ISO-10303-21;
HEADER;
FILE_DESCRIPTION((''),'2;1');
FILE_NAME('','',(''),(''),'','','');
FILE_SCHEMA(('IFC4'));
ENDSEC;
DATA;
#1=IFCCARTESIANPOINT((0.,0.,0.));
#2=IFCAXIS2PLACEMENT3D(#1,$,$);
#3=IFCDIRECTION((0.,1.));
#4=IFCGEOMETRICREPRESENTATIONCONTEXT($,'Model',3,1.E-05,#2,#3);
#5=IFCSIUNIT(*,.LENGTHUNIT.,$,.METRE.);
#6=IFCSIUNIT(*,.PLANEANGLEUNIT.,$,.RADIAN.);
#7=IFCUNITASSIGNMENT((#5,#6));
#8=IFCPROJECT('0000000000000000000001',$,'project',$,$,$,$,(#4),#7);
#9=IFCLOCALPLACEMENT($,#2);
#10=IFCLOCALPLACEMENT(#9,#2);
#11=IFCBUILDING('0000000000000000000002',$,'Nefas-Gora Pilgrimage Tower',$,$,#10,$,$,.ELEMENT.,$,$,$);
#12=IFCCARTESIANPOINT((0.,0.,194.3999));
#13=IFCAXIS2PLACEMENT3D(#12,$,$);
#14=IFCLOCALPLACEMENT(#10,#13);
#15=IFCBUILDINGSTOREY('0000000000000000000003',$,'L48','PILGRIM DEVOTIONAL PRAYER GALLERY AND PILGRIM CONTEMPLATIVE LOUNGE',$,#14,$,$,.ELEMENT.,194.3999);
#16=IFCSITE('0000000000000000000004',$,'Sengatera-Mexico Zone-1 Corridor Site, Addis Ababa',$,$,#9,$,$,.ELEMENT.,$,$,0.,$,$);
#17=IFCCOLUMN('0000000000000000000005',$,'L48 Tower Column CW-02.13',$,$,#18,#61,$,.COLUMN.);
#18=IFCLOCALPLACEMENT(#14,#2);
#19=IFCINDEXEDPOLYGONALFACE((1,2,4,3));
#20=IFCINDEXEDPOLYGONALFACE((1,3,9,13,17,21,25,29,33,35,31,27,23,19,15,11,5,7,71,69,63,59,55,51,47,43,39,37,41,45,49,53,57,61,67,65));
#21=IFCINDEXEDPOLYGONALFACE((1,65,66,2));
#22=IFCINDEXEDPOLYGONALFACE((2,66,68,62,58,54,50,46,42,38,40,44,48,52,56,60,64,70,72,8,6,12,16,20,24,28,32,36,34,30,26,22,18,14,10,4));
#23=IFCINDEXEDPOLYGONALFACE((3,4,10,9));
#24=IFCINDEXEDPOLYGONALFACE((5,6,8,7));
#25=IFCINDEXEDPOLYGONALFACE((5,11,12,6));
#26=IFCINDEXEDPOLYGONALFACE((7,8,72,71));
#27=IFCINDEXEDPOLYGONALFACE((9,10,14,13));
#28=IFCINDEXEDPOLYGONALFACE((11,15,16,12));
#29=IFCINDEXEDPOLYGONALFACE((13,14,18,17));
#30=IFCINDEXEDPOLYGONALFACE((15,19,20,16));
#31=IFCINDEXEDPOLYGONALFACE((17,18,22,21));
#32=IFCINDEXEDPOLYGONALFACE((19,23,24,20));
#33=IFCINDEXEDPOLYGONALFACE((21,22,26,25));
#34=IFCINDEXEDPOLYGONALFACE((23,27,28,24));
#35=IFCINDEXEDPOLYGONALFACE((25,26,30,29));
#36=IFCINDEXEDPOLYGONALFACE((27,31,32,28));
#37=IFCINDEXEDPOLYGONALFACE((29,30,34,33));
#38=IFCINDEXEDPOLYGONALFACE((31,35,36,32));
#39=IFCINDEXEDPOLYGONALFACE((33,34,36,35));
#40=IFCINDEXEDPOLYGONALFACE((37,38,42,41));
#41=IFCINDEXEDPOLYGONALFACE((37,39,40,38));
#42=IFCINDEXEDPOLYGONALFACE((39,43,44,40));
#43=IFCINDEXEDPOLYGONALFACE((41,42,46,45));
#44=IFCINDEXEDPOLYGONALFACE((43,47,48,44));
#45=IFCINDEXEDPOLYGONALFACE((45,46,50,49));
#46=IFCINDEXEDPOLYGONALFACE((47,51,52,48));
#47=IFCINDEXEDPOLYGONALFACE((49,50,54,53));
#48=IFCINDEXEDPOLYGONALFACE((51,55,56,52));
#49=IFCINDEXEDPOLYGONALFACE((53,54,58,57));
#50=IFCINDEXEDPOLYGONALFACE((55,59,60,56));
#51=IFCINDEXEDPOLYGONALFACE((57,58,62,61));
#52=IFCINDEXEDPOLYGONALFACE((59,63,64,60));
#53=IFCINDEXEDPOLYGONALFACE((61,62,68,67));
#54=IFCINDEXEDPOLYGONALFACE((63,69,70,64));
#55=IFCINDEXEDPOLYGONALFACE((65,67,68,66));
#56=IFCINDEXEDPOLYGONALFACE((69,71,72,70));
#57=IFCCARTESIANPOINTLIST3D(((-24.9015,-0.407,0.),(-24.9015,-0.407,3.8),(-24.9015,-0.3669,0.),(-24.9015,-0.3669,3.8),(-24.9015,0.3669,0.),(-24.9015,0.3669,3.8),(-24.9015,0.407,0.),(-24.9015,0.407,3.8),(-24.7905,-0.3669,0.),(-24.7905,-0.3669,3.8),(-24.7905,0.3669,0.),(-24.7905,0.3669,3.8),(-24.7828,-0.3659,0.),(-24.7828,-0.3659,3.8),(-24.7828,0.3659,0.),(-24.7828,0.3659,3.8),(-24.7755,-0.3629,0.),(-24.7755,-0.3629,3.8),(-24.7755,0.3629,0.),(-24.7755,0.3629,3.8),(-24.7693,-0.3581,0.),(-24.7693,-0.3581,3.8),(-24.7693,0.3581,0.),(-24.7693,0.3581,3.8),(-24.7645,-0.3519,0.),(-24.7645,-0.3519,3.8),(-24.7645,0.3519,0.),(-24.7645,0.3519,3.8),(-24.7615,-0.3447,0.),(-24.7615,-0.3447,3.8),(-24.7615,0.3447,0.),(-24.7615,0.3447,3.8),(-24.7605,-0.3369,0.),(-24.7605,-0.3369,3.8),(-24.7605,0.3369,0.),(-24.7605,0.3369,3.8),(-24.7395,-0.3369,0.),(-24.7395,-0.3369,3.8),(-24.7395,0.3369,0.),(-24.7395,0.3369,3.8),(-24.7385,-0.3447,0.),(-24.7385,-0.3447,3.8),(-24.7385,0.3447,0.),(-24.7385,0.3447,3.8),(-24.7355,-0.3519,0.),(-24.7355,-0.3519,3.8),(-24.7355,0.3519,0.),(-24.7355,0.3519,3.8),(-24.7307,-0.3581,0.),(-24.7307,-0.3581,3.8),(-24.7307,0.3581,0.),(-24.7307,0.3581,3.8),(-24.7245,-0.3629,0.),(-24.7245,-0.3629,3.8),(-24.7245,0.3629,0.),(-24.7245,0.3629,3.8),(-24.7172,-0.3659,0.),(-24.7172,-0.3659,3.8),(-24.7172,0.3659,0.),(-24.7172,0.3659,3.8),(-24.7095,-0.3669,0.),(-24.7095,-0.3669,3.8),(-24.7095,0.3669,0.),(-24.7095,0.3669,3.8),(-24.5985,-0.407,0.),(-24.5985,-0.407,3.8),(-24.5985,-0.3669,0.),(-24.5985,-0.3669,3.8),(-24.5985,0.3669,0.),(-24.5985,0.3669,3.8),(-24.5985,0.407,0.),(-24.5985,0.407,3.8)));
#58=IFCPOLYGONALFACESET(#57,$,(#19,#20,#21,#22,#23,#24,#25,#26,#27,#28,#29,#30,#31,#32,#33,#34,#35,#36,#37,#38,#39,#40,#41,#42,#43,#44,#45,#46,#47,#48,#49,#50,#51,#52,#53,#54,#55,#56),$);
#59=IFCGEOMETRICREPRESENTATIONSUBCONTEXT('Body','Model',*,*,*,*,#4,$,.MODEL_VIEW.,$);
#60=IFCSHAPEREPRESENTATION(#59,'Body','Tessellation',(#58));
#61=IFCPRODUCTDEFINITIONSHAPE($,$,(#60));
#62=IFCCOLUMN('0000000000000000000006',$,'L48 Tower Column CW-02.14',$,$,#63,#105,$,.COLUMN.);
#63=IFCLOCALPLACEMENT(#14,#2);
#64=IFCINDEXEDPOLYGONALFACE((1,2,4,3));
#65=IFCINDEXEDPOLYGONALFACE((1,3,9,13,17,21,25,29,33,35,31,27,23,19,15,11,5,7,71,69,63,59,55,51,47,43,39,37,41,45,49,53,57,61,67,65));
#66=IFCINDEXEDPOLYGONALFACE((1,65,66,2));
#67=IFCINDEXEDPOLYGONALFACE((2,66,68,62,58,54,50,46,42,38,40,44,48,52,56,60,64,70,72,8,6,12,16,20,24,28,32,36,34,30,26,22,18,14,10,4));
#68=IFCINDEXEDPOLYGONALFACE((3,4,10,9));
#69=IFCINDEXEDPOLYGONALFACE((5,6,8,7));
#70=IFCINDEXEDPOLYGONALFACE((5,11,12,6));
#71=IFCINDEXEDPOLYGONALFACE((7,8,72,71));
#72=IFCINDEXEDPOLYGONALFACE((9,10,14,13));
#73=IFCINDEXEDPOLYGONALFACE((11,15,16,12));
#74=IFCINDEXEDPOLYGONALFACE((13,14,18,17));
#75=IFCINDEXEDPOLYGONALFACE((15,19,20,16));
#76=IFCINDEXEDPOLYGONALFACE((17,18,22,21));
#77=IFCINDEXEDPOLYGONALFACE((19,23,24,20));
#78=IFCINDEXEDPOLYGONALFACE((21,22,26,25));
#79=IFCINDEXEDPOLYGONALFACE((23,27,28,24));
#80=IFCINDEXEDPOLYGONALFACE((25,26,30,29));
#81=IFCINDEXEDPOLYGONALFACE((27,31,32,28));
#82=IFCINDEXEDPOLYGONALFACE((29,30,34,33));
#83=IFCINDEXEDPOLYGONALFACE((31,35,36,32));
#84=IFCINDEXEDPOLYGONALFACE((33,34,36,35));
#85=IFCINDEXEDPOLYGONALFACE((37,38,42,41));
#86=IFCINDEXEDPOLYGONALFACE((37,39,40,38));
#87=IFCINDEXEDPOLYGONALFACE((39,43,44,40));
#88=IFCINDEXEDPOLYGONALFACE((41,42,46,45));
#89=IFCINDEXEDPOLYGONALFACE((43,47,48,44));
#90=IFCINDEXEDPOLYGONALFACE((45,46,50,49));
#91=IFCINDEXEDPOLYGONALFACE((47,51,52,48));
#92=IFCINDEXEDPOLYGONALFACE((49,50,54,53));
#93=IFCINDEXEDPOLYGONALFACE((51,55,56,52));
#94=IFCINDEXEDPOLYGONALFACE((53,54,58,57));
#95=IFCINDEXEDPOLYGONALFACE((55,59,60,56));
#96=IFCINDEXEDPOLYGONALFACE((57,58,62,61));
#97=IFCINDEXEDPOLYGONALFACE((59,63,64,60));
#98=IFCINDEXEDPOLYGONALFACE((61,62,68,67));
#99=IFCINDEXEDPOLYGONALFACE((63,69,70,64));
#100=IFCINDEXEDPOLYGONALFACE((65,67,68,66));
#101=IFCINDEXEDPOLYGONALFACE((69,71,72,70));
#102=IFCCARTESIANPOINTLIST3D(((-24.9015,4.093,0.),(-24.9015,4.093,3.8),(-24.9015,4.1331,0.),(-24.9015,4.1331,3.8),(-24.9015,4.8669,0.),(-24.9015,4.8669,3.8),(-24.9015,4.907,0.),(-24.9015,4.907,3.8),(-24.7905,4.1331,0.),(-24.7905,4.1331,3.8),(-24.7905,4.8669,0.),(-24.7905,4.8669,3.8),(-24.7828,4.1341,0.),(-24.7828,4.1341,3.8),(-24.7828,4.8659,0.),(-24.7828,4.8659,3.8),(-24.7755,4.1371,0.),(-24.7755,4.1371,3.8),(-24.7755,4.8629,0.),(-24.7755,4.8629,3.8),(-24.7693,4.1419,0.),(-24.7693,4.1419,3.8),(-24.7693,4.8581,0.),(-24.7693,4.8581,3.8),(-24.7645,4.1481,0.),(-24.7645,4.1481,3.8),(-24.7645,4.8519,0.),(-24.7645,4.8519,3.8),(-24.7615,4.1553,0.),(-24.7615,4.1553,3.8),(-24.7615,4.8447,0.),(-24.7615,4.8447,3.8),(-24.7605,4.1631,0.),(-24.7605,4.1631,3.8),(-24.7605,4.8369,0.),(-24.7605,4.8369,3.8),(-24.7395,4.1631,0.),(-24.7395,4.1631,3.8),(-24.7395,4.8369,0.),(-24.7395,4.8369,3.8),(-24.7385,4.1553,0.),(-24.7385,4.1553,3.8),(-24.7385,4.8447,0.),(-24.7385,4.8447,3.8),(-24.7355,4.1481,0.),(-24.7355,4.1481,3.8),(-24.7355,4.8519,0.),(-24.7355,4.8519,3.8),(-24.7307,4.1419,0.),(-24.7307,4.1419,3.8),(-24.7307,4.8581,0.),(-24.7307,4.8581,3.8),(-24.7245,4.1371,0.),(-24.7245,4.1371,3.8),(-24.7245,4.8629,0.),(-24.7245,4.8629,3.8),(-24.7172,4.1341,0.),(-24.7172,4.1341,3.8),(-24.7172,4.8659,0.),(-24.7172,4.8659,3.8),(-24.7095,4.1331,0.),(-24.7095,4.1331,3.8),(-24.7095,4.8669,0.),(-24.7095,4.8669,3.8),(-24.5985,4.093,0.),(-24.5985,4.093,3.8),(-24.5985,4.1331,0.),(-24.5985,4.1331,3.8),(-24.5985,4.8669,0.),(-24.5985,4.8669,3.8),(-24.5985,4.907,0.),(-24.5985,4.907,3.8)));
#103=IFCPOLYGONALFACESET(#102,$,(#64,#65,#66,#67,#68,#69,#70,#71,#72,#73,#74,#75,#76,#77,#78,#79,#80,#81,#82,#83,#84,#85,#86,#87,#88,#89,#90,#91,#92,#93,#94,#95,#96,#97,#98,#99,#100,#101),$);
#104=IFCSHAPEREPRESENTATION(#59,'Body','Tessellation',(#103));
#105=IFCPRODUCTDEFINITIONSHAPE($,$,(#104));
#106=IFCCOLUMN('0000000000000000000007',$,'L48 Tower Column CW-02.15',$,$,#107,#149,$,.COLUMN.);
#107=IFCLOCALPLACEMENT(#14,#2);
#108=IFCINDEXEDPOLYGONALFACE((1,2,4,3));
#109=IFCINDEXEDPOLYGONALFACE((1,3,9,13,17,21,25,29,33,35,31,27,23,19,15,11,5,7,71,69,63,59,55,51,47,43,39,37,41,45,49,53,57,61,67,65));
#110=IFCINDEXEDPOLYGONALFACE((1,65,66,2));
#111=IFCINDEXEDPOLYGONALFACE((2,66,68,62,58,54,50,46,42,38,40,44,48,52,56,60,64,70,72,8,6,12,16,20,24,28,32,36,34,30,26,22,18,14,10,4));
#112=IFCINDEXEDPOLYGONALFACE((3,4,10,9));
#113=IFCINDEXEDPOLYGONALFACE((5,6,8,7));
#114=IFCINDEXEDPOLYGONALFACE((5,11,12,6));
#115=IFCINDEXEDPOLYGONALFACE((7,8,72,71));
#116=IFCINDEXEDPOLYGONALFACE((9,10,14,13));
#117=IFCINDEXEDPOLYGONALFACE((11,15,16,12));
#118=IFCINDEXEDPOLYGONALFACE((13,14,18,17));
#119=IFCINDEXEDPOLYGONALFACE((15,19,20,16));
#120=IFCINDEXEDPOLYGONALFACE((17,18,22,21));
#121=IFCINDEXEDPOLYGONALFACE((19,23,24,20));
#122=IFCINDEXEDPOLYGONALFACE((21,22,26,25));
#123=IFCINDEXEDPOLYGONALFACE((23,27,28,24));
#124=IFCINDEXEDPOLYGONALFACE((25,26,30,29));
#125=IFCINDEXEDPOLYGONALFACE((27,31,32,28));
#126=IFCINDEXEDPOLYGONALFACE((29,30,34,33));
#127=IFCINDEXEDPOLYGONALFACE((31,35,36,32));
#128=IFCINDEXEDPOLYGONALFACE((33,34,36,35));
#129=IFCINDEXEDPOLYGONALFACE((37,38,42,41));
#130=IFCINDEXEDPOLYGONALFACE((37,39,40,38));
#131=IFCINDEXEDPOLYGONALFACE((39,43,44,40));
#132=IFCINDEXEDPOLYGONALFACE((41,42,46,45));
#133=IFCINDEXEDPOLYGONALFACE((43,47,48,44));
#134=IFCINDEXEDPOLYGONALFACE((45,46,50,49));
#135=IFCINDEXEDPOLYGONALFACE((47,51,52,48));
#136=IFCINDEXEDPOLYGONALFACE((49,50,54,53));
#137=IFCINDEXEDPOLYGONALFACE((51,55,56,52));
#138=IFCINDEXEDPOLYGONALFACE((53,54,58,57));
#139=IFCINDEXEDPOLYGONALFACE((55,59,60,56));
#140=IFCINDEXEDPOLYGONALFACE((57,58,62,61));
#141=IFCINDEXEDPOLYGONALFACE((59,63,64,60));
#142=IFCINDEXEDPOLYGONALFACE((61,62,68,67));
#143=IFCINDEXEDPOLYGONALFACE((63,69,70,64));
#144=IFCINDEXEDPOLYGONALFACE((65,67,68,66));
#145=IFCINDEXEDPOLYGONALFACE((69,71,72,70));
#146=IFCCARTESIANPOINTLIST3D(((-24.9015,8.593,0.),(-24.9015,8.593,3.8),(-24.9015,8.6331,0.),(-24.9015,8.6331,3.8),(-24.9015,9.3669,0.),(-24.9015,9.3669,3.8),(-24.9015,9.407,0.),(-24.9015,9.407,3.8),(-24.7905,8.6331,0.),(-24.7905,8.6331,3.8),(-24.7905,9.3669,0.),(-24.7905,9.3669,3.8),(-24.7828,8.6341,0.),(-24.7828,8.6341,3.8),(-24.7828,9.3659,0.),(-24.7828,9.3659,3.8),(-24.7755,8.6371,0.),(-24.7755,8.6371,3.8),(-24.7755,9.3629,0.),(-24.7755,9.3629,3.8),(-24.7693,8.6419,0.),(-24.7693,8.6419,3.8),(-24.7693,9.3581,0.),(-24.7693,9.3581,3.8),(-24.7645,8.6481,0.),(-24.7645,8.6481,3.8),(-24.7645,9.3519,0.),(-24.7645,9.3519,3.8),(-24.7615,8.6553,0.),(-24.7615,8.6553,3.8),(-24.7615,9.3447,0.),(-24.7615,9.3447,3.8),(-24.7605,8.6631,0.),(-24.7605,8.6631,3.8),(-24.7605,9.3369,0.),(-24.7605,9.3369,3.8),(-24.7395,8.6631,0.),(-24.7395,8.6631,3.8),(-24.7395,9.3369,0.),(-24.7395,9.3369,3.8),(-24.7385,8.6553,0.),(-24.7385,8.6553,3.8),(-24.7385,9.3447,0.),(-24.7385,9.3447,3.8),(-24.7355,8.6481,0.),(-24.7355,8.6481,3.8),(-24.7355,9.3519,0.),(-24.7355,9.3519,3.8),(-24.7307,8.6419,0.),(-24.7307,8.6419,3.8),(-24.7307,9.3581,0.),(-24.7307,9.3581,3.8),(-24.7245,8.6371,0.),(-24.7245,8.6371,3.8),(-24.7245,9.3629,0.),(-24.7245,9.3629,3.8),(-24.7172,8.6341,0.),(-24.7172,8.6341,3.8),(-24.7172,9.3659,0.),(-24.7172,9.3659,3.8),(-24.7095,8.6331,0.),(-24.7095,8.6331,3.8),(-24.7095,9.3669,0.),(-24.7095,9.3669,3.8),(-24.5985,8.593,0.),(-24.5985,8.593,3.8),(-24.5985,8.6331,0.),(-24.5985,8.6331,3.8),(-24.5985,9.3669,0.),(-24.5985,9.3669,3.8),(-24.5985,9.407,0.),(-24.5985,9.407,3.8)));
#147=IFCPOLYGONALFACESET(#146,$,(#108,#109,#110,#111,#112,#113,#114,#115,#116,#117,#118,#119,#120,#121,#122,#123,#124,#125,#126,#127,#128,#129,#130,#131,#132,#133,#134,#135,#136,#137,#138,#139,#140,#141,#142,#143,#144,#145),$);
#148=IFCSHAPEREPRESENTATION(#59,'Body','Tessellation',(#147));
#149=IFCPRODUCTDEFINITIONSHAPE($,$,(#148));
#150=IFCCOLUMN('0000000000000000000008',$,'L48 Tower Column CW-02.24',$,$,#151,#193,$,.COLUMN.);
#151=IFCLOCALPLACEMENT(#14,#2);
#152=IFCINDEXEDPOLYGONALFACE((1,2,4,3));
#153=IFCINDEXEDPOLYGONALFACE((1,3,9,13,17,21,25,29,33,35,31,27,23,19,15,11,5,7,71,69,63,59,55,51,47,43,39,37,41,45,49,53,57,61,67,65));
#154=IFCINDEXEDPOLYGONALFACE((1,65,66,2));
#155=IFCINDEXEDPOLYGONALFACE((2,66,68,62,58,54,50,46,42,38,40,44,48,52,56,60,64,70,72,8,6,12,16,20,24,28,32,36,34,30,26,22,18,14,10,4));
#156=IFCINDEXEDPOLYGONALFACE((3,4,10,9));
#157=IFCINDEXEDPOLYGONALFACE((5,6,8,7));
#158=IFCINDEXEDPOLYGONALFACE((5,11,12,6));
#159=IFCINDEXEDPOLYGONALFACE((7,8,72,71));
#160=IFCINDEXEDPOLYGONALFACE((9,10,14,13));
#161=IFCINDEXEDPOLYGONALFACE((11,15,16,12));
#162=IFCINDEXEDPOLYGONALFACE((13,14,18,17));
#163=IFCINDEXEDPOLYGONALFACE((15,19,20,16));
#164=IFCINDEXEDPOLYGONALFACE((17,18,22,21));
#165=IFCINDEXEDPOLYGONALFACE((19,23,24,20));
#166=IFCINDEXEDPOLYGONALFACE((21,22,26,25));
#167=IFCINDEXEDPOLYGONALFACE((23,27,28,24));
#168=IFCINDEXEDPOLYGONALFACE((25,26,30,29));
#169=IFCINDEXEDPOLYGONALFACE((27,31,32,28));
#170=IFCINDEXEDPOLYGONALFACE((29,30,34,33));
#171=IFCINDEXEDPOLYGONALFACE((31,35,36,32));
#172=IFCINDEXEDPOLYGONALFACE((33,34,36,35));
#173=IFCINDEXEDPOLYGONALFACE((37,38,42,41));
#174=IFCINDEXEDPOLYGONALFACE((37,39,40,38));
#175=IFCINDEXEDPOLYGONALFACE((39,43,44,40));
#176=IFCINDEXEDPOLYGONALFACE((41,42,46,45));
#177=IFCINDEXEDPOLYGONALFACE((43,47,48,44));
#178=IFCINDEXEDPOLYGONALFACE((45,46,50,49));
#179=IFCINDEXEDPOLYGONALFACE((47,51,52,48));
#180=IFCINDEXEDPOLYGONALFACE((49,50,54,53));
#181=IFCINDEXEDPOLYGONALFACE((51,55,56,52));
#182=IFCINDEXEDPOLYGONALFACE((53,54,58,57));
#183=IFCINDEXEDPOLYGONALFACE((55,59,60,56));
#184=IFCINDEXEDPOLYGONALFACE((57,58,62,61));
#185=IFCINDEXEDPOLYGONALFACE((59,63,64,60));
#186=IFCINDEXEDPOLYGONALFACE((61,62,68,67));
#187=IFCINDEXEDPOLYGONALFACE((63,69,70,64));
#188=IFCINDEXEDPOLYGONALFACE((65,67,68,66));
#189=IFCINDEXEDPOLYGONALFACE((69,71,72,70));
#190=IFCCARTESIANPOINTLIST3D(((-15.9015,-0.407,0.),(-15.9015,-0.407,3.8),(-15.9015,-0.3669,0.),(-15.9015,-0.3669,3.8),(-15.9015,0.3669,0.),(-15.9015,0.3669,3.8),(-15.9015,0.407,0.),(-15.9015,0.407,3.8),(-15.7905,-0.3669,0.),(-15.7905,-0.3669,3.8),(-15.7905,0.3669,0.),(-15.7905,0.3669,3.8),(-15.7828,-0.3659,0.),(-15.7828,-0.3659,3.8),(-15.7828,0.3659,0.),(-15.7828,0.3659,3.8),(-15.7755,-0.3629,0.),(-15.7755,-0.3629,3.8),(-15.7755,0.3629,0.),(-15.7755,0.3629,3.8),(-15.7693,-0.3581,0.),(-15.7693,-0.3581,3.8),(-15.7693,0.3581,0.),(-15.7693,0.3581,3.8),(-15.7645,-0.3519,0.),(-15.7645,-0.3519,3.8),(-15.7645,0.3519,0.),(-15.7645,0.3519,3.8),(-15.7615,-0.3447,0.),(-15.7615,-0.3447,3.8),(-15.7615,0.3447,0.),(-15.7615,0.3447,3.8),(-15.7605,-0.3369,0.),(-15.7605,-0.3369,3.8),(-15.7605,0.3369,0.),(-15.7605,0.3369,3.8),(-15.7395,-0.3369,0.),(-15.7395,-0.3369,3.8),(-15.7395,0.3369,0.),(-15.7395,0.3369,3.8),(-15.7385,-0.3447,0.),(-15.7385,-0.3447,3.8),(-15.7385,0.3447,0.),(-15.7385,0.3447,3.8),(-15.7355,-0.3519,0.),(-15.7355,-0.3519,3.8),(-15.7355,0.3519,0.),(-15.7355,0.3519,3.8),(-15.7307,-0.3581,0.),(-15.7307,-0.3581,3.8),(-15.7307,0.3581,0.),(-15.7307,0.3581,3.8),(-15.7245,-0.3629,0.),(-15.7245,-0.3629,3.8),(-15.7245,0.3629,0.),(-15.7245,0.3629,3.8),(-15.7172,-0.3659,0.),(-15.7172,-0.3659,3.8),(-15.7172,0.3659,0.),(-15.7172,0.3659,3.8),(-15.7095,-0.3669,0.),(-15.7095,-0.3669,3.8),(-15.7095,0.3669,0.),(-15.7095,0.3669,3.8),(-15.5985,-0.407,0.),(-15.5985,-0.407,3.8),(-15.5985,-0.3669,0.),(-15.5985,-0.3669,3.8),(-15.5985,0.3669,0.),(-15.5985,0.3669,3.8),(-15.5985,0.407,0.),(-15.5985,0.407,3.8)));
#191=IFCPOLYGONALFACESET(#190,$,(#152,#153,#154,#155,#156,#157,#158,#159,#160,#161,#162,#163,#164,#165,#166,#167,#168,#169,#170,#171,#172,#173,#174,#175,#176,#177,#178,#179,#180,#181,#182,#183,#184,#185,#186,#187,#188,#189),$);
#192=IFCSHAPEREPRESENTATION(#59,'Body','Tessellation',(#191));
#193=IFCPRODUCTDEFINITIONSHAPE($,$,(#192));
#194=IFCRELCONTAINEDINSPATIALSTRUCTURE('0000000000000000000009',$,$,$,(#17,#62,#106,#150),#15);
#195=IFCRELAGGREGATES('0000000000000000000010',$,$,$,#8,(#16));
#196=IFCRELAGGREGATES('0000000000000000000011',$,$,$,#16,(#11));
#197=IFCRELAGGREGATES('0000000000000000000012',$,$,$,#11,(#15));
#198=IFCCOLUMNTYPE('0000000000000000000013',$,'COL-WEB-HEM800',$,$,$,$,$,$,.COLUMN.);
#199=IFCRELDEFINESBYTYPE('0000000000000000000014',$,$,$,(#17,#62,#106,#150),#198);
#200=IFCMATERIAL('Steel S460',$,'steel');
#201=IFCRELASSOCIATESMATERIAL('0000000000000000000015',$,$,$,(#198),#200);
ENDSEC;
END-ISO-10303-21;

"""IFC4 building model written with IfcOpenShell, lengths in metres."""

from ifc_helpers import new_model, si_unit, direction, frame, origin, origin_2d, place, context, subcontext, project, spatial, i_section, extrude, source, transform, mapped, material, material_profile, profile_set, type_object, element, save


model = new_model("IFC4")

# Units and contexts
model_context = context("Model", 3, precision=1e-05, world=origin(), true_north=direction((0.0, 1.0)))
body_context = subcontext(model_context, "Body", "Model", "MODEL_VIEW")
ifc_project = project(units=[si_unit("LENGTHUNIT", "METRE"), si_unit("PLANEANGLEUNIT", "RADIAN")], contexts=[model_context])

# Site, building, storey
site_placement = place(None, origin())
site = spatial("IfcSite", under=ifc_project, at=site_placement, Name="Sengatera-Mexico Zone-1 Corridor Site, Addis Ababa", CompositionType="ELEMENT", RefElevation=0.0)
building_placement = place(site_placement, origin())
building = spatial("IfcBuilding", under=site, at=building_placement, Name="Nefas-Gora Pilgrimage Tower", CompositionType="ELEMENT")
storey_placement = place(building_placement, frame((0.0, 0.0, 194.3999)))
storey = spatial("IfcBuildingStorey", under=building, at=storey_placement, Name="L48", Description="PILGRIM DEVOTIONAL PRAYER GALLERY AND PILGRIM CONTEMPLATIVE LOUNGE", CompositionType="ELEMENT", Elevation=194.3999)

# Columns
ifc_material_1 = material(Name="Steel S460", Category="steel")
ifc_material_profile_1 = material_profile(ifc_material_1, i_section(OverallWidth=0.303, OverallDepth=0.814, WebThickness=0.021, FlangeThickness=0.04, FilletRadius=0.03, at=origin_2d()), Name="HEM 800")
ifc_profile_set_1 = profile_set([ifc_material_profile_1], Name="Steel S460")
column_type_1 = type_object("IfcColumnType", Name="COL-WEB-HEM800", PredefinedType="COLUMN", material=ifc_profile_set_1)
shared_shape_1 = source(origin(), body_context, "Body", "SweptSolid", [
    extrude(i_section(OverallWidth=0.303, OverallDepth=0.814, WebThickness=0.021, FlangeThickness=0.04, FilletRadius=0.03, at=origin_2d()), origin(), (0.0, 0.0, 1.0), 3.8),
])
for number, where, z_axis, x_axis, name in (
    (1, (-24.75, 0.0, 0.0), (0.0, 0.0, 1.0), (1.0, 0.0, 0.0), "L48 Tower Column CW-02.13"),
    (2, (-24.75, 4.5, 0.0), (0.0, 0.0, 1.0), (1.0, 0.0, 0.0), "L48 Tower Column CW-02.14"),
    (3, (-24.75, 9.0, 0.0), (0.0, 0.0, 1.0), (1.0, 0.0, 0.0), "L48 Tower Column CW-02.15"),
    (4, (-15.75, 0.0, 0.0), (0.0, 0.0, 1.0), (1.0, 0.0, 0.0), "L48 Tower Column CW-02.24"),
):
    element("IfcColumn", number, at=place(storey_placement, frame(where, z_axis=z_axis, x_axis=x_axis)), inside=storey, type_object=column_type_1, Name=name, PredefinedType="COLUMN", context=body_context, shape_type="MappedRepresentation", body=[
        mapped(shared_shape_1, transform((0.0, 0.0, 0.0), x_axis=(1.0, 0.0, 0.0), y_axis=(0.0, 1.0, 0.0), z_axis=(0.0, 0.0, 1.0), scale=1.0)),
    ])

save(model, "model.ifc")
